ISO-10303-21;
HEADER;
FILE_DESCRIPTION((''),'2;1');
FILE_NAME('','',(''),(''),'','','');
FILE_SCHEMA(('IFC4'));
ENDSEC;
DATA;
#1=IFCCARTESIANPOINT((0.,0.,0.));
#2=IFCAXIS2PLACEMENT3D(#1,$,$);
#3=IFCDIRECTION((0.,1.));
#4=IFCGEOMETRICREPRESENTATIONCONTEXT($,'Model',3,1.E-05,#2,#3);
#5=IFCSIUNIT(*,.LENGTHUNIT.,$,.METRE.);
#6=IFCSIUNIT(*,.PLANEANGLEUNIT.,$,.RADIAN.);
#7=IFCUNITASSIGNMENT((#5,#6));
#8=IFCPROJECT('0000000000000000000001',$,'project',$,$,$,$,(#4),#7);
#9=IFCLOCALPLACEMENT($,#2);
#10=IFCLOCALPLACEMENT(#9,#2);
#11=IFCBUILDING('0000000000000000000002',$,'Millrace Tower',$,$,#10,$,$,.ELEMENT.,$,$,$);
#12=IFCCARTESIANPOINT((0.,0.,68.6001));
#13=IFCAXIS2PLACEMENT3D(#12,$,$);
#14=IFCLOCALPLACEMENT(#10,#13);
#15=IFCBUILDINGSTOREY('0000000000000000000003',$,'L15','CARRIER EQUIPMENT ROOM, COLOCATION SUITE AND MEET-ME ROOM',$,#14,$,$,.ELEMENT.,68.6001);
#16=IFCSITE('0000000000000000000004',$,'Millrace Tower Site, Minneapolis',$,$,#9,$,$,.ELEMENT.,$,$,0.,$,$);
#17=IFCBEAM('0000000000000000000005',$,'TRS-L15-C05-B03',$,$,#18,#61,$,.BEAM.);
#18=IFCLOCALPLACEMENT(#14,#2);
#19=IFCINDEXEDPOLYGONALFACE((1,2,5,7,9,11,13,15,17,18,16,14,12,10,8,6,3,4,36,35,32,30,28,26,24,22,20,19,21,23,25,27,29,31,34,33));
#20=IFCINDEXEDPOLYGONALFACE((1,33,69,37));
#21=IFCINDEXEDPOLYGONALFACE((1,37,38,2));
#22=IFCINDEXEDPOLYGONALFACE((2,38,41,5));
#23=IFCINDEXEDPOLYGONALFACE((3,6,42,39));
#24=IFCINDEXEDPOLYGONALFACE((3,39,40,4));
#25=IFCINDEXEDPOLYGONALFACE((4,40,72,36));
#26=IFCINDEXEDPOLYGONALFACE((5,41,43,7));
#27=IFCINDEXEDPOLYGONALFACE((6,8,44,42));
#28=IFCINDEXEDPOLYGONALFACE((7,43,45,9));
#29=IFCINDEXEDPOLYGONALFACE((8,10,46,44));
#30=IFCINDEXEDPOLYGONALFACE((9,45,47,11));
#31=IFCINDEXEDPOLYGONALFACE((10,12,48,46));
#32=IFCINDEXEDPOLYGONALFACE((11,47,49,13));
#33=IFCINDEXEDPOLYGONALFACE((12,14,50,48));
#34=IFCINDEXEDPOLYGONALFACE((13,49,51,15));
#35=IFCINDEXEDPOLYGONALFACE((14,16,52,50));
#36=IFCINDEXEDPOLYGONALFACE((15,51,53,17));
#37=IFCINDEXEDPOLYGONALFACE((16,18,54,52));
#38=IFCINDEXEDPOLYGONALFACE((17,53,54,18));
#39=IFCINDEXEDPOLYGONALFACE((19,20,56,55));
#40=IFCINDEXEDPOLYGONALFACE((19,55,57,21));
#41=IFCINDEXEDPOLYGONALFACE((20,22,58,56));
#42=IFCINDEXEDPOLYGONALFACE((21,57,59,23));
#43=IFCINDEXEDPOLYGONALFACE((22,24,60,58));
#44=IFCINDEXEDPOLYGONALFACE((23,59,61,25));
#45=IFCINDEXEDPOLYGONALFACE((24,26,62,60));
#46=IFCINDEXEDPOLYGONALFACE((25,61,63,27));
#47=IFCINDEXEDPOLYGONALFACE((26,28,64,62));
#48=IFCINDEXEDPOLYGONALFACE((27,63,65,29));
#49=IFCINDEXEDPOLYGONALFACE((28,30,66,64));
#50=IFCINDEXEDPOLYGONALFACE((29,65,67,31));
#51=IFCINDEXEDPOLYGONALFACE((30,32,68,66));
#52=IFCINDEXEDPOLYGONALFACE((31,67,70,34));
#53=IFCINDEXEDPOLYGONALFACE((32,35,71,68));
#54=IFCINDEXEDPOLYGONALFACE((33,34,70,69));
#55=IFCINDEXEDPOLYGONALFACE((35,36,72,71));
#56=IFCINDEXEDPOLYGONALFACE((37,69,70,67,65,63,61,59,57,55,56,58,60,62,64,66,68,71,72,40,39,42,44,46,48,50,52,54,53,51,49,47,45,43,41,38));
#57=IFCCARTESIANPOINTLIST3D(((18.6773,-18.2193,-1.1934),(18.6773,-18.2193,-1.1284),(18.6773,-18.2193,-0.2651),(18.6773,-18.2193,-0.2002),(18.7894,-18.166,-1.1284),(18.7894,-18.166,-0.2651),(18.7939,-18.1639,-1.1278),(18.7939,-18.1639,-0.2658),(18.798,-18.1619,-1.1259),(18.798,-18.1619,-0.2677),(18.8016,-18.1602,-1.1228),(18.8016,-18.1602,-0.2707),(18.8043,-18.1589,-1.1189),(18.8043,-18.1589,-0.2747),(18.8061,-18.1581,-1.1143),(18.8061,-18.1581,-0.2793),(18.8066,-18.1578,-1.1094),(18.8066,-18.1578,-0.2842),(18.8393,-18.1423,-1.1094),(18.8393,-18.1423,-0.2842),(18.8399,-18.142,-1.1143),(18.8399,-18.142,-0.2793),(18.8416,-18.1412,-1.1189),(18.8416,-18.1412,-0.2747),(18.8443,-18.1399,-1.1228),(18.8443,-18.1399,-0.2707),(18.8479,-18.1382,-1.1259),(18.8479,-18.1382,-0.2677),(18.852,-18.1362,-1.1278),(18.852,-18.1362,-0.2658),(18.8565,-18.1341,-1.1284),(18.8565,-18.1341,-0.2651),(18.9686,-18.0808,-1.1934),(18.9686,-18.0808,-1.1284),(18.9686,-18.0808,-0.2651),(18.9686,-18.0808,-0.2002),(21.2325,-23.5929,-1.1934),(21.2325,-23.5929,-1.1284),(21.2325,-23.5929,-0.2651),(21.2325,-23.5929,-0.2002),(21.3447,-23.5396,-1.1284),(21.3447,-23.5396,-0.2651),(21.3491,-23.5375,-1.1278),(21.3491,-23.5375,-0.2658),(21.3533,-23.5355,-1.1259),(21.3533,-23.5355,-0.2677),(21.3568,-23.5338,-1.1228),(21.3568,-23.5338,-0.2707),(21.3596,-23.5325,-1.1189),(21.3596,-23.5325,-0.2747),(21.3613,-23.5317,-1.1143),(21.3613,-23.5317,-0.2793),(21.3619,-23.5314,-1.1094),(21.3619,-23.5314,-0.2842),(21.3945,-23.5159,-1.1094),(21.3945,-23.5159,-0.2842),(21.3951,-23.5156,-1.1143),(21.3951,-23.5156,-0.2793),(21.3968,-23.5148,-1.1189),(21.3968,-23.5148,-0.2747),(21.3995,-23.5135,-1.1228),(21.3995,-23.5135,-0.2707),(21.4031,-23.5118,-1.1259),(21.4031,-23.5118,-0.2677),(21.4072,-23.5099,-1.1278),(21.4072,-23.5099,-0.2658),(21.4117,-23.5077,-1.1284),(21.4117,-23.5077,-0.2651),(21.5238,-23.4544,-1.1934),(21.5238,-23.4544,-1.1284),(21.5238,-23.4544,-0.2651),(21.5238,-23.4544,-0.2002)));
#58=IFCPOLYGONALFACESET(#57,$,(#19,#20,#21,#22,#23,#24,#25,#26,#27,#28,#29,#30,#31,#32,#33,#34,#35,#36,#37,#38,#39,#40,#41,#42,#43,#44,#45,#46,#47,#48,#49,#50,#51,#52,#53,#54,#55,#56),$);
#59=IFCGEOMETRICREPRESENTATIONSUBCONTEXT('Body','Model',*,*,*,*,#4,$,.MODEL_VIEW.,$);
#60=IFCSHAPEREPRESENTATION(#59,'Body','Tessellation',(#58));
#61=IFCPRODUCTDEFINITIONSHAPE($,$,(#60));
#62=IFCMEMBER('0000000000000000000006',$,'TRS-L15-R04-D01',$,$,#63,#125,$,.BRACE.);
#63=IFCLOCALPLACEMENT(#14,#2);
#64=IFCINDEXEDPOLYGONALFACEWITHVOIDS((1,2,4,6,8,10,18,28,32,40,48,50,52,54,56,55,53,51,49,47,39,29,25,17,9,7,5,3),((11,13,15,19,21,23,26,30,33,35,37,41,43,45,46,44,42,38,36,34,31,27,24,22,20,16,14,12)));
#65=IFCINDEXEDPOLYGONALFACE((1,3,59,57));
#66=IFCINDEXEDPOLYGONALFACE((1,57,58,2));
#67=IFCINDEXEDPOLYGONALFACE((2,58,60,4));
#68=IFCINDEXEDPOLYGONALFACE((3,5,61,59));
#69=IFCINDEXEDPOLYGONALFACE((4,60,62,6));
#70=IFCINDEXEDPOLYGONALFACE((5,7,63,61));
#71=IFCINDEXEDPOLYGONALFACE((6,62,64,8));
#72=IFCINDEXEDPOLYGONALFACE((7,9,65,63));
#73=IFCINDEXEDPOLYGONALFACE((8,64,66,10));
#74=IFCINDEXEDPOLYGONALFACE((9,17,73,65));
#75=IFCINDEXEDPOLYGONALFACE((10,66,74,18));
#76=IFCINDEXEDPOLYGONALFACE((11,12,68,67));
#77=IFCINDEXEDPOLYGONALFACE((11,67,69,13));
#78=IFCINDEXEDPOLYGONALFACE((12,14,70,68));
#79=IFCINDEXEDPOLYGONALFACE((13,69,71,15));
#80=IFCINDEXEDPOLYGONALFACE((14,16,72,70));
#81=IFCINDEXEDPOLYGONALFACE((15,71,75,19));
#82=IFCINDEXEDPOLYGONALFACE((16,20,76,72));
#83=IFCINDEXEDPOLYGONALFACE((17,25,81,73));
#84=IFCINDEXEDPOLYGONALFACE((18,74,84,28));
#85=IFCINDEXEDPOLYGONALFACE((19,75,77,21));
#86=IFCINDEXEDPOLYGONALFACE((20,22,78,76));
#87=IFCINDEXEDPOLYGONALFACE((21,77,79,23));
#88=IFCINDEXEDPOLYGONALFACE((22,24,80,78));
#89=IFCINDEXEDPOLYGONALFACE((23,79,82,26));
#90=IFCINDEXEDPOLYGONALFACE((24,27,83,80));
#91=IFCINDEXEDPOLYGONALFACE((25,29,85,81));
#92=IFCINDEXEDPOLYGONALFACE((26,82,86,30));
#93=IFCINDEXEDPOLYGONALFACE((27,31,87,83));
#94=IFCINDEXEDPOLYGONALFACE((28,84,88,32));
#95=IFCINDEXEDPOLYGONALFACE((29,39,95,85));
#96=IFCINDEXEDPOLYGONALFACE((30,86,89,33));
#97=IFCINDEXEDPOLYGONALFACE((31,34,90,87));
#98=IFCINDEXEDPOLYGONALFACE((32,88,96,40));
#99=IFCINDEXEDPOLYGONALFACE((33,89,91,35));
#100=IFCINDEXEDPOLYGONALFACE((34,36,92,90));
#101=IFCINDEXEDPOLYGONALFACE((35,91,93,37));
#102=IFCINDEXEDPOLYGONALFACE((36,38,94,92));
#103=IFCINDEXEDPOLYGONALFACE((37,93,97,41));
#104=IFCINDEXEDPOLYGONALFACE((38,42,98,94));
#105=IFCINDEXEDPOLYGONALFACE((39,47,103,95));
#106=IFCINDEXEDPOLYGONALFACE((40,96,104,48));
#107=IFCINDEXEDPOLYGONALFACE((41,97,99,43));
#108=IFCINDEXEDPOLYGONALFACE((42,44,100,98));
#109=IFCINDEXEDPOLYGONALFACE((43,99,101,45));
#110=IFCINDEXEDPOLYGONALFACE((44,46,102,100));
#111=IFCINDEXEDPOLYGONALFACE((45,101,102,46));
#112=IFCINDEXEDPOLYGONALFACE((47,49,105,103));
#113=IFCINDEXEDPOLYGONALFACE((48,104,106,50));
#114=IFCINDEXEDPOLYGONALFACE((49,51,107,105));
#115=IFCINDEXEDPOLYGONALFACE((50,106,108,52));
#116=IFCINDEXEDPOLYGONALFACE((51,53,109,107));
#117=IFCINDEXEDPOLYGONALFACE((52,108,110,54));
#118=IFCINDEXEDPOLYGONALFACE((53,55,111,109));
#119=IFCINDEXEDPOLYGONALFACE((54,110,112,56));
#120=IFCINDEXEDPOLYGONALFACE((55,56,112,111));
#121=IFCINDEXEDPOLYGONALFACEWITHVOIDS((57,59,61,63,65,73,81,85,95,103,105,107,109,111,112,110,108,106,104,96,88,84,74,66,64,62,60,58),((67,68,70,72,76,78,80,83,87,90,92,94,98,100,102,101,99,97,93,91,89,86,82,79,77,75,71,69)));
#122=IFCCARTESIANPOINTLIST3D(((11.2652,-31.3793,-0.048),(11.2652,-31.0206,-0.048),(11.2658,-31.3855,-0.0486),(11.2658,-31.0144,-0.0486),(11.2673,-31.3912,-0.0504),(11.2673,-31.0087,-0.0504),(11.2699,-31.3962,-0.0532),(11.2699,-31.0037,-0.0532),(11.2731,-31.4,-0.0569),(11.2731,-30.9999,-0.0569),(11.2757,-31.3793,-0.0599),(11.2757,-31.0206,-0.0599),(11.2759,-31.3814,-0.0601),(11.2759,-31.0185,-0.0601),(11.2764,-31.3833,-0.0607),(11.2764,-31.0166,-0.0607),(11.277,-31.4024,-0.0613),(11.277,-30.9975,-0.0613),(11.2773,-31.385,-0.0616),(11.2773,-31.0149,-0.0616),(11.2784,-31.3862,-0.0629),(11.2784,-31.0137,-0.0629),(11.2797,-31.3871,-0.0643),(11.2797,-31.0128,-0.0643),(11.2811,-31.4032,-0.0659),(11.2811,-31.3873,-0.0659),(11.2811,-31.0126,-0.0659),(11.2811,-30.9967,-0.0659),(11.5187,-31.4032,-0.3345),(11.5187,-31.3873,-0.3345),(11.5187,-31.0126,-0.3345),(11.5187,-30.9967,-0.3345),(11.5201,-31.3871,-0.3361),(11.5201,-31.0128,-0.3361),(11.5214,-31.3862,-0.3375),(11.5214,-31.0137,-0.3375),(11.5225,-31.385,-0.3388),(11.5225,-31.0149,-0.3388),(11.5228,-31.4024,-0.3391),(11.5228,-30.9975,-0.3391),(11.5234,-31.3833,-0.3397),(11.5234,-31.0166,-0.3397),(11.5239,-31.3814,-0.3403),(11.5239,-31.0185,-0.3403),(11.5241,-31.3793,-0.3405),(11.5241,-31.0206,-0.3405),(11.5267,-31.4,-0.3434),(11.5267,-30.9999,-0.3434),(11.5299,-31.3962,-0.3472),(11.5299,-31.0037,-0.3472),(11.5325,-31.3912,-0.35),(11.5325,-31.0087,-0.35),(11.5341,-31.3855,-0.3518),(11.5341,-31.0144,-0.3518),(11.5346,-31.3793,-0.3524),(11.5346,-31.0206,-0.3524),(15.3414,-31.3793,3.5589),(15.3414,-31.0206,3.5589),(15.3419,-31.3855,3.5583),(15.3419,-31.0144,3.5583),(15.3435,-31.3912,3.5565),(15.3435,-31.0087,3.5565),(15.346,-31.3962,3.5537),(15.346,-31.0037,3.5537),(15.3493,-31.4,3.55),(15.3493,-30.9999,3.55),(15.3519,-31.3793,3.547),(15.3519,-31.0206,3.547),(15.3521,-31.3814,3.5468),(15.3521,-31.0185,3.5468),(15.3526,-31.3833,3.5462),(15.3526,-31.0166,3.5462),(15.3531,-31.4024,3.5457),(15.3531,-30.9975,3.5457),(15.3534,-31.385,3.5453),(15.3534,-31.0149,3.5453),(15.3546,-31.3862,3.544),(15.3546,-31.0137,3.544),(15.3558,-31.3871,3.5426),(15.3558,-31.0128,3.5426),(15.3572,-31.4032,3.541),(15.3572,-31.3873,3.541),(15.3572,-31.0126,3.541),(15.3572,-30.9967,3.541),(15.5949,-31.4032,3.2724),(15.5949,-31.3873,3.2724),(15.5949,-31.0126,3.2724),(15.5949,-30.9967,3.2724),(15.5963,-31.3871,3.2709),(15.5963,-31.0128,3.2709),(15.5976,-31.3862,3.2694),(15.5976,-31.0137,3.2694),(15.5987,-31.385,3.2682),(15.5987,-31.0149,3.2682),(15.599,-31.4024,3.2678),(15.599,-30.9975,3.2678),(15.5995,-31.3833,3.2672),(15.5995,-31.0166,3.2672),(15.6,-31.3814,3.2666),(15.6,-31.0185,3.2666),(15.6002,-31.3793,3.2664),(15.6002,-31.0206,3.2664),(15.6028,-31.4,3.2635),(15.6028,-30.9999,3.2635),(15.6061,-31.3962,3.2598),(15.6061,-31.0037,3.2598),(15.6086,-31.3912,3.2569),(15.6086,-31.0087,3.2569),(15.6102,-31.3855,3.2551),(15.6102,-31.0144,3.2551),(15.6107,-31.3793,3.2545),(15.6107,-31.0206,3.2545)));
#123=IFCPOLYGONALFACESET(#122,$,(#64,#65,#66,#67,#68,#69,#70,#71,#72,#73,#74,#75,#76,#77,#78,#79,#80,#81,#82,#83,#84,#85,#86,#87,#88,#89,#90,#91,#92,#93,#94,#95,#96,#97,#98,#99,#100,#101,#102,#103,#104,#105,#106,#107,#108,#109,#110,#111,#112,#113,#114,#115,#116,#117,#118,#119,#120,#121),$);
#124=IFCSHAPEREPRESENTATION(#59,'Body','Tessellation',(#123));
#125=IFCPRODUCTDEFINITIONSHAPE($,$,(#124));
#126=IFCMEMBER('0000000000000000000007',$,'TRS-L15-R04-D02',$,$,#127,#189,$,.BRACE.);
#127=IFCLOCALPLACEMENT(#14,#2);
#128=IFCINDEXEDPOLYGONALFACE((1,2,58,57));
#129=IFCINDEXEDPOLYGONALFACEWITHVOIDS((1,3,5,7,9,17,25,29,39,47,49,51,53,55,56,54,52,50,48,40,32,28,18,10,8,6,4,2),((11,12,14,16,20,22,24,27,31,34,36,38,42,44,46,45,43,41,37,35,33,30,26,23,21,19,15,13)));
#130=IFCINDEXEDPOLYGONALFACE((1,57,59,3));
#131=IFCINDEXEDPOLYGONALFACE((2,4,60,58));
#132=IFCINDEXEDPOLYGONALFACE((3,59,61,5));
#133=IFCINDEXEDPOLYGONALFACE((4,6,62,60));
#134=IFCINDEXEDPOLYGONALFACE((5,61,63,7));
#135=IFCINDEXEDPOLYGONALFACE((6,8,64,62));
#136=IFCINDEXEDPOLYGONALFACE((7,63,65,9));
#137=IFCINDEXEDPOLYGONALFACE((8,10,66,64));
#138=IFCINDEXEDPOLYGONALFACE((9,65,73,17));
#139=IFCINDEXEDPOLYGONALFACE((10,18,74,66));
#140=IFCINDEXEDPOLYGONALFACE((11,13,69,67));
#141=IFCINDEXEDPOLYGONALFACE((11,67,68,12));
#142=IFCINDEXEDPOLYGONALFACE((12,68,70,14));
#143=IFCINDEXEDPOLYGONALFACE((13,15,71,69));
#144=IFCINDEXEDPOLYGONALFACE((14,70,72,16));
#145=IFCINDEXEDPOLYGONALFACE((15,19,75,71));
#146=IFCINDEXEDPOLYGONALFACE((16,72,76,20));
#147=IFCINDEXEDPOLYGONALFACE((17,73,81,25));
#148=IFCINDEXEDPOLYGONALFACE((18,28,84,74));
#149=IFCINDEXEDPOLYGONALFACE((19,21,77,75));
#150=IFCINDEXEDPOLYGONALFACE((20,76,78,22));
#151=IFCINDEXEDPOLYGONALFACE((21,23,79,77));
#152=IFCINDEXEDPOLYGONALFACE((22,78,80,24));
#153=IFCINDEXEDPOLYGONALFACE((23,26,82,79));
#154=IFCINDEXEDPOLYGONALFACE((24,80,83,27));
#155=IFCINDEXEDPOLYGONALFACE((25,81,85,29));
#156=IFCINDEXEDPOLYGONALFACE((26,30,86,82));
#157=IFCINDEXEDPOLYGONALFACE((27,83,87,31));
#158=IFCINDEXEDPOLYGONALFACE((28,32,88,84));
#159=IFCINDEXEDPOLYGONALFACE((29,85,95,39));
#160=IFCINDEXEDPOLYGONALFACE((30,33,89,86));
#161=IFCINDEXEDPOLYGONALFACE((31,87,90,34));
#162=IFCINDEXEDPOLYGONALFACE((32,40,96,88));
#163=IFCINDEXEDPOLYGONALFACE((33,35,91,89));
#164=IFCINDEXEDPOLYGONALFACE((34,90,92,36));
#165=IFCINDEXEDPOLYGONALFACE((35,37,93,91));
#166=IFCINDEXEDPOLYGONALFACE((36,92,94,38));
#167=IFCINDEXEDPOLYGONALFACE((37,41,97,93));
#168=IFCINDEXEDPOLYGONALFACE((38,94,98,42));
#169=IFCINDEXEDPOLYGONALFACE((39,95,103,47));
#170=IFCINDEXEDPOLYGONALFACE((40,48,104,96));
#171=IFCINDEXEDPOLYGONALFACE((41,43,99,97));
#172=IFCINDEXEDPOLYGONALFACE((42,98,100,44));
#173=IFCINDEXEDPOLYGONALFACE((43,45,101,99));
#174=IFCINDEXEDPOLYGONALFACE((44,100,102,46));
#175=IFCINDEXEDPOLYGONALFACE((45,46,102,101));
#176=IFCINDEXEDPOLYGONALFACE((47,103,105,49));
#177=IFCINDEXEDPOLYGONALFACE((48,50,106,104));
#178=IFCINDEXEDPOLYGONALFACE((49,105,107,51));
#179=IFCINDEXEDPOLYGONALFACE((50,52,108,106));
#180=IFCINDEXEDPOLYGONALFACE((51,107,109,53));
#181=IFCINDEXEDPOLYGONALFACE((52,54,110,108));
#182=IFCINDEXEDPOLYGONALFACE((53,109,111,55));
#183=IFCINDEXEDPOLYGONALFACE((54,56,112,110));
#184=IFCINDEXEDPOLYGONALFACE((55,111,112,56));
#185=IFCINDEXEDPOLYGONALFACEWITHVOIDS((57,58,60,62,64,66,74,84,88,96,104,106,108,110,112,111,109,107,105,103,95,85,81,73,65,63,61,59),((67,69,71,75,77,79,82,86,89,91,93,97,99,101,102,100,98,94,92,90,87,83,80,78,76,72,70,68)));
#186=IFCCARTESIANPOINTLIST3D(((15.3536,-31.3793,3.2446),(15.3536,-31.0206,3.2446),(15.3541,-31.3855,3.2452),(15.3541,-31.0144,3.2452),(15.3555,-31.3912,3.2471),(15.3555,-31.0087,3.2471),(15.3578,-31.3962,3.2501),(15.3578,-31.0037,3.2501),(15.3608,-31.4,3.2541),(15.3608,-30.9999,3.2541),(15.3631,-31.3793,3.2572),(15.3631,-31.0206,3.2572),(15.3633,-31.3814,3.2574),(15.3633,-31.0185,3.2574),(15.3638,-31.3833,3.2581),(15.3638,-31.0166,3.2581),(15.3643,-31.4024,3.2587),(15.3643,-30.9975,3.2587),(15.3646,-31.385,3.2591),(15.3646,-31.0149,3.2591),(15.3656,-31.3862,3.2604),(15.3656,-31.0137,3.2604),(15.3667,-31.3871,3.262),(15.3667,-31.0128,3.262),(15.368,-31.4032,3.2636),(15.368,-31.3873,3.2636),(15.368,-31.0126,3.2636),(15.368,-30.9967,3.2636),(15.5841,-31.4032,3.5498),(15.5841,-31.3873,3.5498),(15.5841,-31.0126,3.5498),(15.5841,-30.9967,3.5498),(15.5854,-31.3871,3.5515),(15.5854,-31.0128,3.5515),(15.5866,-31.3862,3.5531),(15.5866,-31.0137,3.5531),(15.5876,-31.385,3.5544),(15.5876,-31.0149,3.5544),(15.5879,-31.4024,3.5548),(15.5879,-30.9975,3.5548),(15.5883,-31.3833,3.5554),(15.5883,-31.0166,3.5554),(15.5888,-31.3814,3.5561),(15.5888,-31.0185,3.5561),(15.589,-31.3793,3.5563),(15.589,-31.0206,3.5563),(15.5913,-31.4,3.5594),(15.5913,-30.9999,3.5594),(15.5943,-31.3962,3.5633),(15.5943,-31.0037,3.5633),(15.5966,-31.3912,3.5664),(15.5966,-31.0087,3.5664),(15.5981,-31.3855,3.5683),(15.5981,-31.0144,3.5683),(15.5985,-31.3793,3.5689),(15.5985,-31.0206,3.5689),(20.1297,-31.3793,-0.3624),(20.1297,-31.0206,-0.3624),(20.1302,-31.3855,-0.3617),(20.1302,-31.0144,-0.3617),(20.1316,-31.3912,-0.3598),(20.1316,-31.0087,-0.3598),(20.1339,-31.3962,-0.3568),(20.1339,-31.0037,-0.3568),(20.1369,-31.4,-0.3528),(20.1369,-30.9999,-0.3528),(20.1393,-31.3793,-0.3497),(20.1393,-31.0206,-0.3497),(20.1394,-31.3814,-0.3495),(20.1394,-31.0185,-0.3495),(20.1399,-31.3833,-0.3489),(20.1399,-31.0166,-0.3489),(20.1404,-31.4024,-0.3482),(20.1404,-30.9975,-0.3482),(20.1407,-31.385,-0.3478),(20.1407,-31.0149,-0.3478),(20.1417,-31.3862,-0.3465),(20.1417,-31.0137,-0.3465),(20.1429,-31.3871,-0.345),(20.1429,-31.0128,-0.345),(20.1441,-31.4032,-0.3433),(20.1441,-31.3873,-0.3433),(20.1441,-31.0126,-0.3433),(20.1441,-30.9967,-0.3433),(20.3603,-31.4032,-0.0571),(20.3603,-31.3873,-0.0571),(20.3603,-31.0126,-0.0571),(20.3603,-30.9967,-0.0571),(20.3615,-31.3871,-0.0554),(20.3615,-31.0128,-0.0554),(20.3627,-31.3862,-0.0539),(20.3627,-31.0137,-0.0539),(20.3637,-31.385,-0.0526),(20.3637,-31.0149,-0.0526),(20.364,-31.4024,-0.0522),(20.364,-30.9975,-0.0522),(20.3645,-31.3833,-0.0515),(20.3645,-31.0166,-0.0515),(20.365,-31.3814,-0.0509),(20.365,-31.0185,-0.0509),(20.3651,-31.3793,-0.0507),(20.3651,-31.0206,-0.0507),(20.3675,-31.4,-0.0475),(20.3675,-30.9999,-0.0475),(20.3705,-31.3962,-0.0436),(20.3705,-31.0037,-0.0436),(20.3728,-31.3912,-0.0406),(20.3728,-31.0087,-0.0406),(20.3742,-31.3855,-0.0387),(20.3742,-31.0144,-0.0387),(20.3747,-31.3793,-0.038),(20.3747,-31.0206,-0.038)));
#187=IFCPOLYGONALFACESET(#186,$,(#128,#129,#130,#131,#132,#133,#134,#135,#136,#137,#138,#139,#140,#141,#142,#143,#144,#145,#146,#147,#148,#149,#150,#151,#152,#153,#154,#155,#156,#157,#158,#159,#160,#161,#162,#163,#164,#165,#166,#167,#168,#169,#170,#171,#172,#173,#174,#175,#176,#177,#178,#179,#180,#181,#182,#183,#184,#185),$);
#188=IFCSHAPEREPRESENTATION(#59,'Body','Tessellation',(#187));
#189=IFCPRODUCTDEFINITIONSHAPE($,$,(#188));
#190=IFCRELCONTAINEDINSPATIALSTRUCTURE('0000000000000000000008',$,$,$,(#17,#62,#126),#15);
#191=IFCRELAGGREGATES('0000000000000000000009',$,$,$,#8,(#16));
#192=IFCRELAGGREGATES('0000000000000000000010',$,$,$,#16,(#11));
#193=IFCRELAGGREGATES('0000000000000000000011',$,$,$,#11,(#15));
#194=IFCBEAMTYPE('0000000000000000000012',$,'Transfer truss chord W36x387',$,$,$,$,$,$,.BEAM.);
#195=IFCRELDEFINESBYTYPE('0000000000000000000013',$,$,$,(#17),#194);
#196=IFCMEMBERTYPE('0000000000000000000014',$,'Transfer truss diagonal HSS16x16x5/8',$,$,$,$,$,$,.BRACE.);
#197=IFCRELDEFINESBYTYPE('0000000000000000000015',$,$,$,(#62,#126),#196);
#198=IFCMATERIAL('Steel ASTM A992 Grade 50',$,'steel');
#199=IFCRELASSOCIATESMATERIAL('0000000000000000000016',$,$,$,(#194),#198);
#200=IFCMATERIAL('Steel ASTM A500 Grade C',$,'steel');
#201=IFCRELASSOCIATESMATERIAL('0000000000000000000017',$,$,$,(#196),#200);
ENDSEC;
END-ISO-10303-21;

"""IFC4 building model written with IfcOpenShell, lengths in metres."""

from ifc_helpers import new_model, si_unit, direction, frame, origin, origin_2d, place, context, subcontext, project, spatial, hollow_rectangle, i_section, extrude, material, material_profile, profile_set, type_object, element, save


model = new_model("IFC4")

# Units and contexts
model_context = context("Model", 3, precision=1e-05, world=origin(), true_north=direction((0.0, 1.0)))
body_context = subcontext(model_context, "Body", "Model", "MODEL_VIEW")
ifc_project = project(units=[si_unit("LENGTHUNIT", "METRE"), si_unit("PLANEANGLEUNIT", "RADIAN")], contexts=[model_context])

# Site, building, storey
site_placement = place(None, origin())
site = spatial("IfcSite", under=ifc_project, at=site_placement, Name="Millrace Tower Site, Minneapolis", CompositionType="ELEMENT", RefElevation=0.0)
building_placement = place(site_placement, origin())
building = spatial("IfcBuilding", under=site, at=building_placement, Name="Millrace Tower", CompositionType="ELEMENT")
storey_placement = place(building_placement, frame((0.0, 0.0, 68.6001)))
storey = spatial("IfcBuildingStorey", under=building, at=storey_placement, Name="L15", Description="CARRIER EQUIPMENT ROOM, COLOCATION SUITE AND MEET-ME ROOM", CompositionType="ELEMENT", Elevation=68.6001)

# Beam
ifc_material_1 = material(Name="Steel ASTM A992 Grade 50", Category="steel")
ifc_material_profile_1 = material_profile(ifc_material_1, i_section(OverallWidth=0.3225, OverallDepth=0.9932, WebThickness=0.0361, FlangeThickness=0.0649, FilletRadius=0.019, at=origin_2d()))
ifc_profile_set_1 = profile_set([ifc_material_profile_1], Name="Steel ASTM A992 Grade 50")
beam_type_1 = type_object("IfcBeamType", Name="Transfer truss chord W36x387", PredefinedType="BEAM", material=ifc_profile_set_1)
beam_1_placement = place(storey_placement, frame((21.3782, -23.5237, -0.6968), z_axis=(-0.429433, 0.903099, 0.0), x_axis=(-0.903099, -0.429433, 0.0)))
element("IfcBeam", 1, at=beam_1_placement, inside=storey, type_object=beam_type_1, Name="TRS-L15-C05-B03", PredefinedType="BEAM", context=body_context, shape_type="SweptSolid", body=[
    extrude(i_section(OverallWidth=0.3225, OverallDepth=0.9932, WebThickness=0.0361, FlangeThickness=0.0649, FilletRadius=0.019, at=origin_2d()), origin(), (0.0, 0.0, 1.0), 5.9502),
])

# Members
ifc_material_2 = material(Name="Steel ASTM A500 Grade C", Category="steel")
ifc_material_profile_2 = material_profile(ifc_material_2, hollow_rectangle(XDim=0.4065, YDim=0.4065, WallThickness=0.0159, InnerFilletRadius=0.0081, OuterFilletRadius=0.0239, at=origin_2d()))
ifc_profile_set_2 = profile_set([ifc_material_profile_2], Name="Steel ASTM A500 Grade C")
member_type_1 = type_object("IfcMemberType", Name="Transfer truss diagonal HSS16x16x5/8", PredefinedType="BRACE", material=ifc_profile_set_2)
member_1_placement = place(storey_placement, frame((11.3999, -31.2, -0.2002), z_axis=(0.748897, 0.0, 0.662686), x_axis=(0.0, 1.0, 0.0)))
element("IfcMember", 2, at=member_1_placement, inside=storey, type_object=member_type_1, Name="TRS-L15-R04-D01", PredefinedType="BRACE", context=body_context, shape_type="SweptSolid", body=[
    extrude(hollow_rectangle(XDim=0.4065, YDim=0.4065, WallThickness=0.0159, InnerFilletRadius=0.0081, OuterFilletRadius=0.0239, at=origin_2d()), origin(), (0.0, 0.0, 1.0), 5.4429),
])
member_2_placement = place(storey_placement, frame((20.2522, -31.2, -0.2002), z_axis=(-0.798003, 0.0, 0.602653), x_axis=(0.0, -1.0, 0.0)))
element("IfcMember", 3, at=member_2_placement, inside=storey, type_object=member_type_1, Name="TRS-L15-R04-D02", PredefinedType="BRACE", context=body_context, shape_type="SweptSolid", body=[
    extrude(hollow_rectangle(XDim=0.4065, YDim=0.4065, WallThickness=0.0159, InnerFilletRadius=0.0081, OuterFilletRadius=0.0239, at=origin_2d()), origin(), (0.0, 0.0, 1.0), 5.9851),
])

save(model, "model.ifc")
